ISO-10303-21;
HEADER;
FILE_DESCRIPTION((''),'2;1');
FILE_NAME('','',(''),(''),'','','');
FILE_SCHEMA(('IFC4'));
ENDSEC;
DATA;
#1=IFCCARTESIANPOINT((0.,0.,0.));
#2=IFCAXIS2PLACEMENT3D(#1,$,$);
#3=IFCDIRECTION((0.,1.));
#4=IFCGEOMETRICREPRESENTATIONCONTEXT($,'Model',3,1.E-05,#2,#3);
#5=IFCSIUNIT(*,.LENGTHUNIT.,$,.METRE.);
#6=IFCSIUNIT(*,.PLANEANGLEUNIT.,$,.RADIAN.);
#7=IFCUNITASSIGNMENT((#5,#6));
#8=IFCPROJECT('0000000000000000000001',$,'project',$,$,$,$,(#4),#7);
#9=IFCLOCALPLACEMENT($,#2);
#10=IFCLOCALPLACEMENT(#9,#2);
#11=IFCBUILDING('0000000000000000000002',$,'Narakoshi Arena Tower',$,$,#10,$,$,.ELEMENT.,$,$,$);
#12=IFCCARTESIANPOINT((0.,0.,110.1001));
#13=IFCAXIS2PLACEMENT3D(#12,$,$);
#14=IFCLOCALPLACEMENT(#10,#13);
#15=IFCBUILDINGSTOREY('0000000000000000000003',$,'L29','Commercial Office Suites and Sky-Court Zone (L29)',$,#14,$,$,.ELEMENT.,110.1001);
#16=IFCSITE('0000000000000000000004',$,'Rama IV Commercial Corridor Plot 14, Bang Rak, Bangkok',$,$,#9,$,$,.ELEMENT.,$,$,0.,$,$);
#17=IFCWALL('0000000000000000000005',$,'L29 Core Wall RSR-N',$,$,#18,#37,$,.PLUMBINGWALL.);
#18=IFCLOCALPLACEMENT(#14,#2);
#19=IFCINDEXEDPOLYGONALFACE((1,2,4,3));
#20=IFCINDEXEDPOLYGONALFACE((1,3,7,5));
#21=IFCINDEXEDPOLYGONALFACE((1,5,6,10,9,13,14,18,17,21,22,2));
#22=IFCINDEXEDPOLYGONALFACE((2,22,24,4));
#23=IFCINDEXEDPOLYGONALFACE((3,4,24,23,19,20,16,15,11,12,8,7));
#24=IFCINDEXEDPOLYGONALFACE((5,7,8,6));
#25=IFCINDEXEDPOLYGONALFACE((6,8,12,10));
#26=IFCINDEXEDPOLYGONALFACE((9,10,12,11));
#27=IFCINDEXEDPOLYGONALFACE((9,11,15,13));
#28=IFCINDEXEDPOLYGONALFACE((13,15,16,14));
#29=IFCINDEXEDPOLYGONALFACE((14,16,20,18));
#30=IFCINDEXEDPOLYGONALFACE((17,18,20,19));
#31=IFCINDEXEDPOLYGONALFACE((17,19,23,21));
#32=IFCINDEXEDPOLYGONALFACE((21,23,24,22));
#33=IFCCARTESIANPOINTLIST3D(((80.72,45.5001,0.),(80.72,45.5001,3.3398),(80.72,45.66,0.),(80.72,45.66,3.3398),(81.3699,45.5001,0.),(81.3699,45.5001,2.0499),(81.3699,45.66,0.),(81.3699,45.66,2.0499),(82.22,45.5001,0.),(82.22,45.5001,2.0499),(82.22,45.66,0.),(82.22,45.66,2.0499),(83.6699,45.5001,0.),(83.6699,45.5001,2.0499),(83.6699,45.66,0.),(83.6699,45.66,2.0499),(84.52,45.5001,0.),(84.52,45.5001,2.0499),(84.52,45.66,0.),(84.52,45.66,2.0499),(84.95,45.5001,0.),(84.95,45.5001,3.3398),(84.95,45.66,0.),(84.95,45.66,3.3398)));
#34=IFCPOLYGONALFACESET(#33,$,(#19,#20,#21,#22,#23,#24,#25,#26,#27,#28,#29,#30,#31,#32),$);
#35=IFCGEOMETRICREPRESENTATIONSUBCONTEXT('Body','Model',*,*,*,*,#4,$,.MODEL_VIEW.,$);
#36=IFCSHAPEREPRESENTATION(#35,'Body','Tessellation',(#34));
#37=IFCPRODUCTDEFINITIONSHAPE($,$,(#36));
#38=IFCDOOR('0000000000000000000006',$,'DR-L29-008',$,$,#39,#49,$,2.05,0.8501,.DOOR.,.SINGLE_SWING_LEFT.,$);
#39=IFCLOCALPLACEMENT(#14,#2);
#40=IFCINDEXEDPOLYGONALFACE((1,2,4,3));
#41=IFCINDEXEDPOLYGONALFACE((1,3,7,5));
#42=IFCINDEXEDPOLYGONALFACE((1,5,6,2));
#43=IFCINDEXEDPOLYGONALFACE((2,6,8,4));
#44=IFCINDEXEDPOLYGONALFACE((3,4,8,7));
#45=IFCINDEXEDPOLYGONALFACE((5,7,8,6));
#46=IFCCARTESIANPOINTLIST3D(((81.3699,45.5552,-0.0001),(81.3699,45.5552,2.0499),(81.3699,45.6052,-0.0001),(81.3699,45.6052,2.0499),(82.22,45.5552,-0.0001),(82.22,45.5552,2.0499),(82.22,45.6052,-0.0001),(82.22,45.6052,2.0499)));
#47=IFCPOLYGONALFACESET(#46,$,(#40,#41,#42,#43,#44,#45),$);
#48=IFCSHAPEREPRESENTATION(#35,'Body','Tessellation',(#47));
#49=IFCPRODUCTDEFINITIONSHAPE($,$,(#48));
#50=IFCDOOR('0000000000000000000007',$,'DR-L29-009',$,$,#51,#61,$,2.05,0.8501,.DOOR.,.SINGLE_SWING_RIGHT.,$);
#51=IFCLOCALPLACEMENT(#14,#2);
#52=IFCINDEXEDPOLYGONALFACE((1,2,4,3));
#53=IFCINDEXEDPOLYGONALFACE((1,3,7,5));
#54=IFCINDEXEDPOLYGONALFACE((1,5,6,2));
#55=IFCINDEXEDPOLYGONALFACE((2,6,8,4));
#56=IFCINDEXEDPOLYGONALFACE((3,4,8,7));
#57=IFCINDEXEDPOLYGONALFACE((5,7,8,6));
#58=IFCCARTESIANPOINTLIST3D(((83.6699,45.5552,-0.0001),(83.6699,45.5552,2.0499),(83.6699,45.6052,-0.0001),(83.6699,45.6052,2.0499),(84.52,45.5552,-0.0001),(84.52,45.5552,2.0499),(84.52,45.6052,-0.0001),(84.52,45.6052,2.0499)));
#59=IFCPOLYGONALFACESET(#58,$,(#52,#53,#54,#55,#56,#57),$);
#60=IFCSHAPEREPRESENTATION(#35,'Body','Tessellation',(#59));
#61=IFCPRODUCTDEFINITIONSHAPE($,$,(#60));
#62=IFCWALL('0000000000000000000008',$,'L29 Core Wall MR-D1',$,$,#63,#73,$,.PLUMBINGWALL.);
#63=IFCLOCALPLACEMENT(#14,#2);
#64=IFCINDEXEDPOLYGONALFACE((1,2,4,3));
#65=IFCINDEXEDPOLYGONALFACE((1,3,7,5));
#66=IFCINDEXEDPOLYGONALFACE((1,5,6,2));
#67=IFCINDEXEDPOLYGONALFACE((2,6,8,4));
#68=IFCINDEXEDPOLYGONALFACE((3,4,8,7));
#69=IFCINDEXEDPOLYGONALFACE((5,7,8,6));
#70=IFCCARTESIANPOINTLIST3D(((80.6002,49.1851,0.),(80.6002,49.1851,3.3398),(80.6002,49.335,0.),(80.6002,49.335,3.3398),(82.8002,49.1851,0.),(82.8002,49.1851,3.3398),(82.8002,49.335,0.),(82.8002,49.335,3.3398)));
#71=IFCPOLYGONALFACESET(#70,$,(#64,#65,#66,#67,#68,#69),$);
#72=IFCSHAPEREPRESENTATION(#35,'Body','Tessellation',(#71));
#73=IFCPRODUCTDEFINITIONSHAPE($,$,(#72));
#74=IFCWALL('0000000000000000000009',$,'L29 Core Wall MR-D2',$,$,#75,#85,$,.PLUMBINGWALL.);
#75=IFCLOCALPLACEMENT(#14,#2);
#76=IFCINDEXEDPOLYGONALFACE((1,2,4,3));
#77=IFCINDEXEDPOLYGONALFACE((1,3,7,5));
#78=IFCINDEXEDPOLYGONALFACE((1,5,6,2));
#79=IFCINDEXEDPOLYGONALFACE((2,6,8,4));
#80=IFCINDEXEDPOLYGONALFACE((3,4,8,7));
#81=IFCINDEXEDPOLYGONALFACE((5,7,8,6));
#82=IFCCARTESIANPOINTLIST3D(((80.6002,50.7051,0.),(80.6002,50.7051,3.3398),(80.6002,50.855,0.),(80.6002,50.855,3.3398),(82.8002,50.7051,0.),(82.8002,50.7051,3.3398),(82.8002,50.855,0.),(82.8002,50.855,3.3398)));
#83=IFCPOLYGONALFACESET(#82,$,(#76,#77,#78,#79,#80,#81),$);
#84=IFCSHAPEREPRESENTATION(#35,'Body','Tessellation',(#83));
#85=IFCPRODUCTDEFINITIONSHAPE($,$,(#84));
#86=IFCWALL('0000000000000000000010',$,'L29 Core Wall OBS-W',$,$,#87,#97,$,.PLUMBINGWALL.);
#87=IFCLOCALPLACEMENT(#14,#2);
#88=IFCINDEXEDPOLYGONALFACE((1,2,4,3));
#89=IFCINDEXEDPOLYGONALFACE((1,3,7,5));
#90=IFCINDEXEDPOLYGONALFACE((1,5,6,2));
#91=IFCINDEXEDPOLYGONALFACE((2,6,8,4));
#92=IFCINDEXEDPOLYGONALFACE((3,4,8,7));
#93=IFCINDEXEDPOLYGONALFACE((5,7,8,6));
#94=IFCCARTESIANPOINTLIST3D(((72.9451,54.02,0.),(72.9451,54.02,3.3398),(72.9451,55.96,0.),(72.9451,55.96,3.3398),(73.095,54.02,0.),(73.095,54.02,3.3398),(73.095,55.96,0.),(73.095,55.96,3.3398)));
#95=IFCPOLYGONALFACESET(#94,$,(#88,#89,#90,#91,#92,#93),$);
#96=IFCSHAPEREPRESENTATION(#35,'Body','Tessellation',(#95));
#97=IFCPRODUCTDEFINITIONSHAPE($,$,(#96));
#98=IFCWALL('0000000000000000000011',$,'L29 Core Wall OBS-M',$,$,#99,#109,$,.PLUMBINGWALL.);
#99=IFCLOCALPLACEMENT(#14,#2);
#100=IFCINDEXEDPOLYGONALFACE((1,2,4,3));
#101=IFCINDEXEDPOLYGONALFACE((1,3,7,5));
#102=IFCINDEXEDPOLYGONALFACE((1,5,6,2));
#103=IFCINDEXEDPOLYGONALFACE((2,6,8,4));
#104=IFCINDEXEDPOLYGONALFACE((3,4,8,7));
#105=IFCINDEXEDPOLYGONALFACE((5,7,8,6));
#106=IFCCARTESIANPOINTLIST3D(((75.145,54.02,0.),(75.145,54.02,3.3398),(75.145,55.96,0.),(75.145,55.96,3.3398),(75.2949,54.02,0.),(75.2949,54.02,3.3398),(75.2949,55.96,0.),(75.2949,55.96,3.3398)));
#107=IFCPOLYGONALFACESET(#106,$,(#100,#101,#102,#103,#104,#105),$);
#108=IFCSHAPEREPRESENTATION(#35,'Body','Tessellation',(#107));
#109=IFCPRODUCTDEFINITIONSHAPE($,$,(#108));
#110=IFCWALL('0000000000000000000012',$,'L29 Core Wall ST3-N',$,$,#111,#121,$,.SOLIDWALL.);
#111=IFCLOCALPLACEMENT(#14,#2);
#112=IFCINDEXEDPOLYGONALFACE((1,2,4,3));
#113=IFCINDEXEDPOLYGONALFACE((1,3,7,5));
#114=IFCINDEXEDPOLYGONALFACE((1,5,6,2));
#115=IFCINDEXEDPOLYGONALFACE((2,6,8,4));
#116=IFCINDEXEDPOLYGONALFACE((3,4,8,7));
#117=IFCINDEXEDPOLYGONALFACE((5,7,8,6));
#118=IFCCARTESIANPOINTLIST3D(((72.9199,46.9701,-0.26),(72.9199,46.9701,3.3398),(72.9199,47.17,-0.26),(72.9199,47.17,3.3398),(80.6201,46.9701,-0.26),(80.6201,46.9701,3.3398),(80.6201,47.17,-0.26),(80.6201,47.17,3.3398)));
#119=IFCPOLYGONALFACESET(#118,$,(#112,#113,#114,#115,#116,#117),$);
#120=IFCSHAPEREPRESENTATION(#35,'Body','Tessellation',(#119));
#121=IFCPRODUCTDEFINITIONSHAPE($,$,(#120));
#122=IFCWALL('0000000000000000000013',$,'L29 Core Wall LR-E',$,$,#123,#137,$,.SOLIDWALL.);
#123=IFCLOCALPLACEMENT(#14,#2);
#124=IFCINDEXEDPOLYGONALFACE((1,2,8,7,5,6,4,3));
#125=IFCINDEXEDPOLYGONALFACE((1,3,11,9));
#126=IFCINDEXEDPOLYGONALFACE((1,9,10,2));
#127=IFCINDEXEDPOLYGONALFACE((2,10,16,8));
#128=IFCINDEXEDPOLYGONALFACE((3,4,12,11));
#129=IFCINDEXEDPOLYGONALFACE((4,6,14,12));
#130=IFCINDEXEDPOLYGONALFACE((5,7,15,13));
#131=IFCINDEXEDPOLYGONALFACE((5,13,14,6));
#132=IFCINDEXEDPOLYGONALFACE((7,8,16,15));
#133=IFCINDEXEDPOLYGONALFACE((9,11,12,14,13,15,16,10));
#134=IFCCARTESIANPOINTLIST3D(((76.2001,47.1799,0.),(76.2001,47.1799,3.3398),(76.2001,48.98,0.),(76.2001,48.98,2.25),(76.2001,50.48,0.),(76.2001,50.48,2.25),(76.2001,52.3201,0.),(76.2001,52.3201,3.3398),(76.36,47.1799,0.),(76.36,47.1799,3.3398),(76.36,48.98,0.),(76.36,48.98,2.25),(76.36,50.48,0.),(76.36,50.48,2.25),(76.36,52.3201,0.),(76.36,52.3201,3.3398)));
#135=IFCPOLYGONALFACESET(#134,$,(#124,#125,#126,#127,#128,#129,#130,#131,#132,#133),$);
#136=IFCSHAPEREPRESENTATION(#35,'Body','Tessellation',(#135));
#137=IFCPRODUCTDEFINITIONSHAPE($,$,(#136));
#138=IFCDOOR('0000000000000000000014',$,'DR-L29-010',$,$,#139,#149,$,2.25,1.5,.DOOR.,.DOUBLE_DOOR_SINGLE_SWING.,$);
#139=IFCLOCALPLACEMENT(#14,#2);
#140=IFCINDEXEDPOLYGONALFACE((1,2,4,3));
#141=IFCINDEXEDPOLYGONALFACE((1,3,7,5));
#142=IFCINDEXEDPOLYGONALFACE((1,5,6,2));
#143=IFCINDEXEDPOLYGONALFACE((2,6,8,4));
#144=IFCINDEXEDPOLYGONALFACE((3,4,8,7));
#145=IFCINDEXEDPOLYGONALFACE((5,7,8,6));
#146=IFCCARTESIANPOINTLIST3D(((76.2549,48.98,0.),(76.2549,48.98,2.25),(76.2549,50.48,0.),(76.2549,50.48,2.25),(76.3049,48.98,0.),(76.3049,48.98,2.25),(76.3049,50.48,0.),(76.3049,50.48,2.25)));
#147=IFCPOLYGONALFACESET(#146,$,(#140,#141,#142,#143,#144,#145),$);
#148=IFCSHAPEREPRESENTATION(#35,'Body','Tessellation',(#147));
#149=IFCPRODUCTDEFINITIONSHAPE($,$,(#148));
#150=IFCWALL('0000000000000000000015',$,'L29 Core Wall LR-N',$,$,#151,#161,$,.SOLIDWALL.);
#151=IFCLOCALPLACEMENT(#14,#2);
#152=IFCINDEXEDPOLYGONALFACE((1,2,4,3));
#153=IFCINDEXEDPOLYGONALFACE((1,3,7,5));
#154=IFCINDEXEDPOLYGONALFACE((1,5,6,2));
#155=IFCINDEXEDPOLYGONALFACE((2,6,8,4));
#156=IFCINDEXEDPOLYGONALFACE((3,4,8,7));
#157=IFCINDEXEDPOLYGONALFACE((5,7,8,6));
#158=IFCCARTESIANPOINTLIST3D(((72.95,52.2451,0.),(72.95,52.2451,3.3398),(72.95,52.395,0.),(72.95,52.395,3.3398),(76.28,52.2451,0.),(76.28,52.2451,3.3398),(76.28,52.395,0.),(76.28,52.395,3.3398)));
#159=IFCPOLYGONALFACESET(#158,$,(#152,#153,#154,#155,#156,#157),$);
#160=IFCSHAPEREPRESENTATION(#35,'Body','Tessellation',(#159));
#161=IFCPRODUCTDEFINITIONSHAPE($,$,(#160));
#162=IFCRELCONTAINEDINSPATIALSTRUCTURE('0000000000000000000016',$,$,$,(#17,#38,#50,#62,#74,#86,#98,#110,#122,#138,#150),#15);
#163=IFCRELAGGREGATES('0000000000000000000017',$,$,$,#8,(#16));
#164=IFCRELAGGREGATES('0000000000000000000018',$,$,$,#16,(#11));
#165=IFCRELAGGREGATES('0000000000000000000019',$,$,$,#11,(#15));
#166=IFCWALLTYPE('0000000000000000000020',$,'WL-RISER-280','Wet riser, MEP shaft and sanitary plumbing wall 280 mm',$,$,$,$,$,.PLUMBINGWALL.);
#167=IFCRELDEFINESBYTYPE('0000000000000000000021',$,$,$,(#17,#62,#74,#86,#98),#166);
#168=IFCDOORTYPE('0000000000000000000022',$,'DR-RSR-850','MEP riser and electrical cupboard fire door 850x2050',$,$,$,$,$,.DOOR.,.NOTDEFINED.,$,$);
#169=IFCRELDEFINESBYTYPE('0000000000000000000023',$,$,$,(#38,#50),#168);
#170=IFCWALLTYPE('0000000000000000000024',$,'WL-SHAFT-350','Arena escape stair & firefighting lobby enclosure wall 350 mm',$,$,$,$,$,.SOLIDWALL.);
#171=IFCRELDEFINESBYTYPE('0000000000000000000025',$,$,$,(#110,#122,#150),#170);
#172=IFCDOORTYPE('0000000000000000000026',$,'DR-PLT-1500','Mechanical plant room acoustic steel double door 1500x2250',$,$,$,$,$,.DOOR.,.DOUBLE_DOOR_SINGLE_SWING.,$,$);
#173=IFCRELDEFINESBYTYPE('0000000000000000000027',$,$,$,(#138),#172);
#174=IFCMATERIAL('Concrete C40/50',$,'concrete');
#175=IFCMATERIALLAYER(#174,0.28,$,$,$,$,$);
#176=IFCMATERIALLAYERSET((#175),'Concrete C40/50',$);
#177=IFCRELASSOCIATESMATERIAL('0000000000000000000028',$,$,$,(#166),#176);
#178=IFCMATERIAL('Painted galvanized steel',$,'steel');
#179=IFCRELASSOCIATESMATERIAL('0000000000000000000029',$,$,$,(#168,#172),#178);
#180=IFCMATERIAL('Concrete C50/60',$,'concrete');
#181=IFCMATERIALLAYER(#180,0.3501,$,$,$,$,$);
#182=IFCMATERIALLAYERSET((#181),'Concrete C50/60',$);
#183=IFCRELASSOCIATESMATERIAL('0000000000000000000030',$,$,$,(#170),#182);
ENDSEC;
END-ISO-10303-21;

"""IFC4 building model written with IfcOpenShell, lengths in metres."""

from ifc_helpers import new_model, si_unit, direction, frame, frame_2d, origin, place, context, subcontext, project, spatial, rectangle, extrude, material, layer, layer_set, type_object, element, fill, save


model = new_model("IFC4")

# Units and contexts
model_context = context("Model", 3, precision=1e-05, world=origin(), true_north=direction((0.0, 1.0)))
body_context = subcontext(model_context, "Body", "Model", "MODEL_VIEW")
ifc_project = project(units=[si_unit("LENGTHUNIT", "METRE"), si_unit("PLANEANGLEUNIT", "RADIAN")], contexts=[model_context])

# Site, building, storey
site_placement = place(None, origin())
site = spatial("IfcSite", under=ifc_project, at=site_placement, Name="Rama IV Commercial Corridor Plot 14, Bang Rak, Bangkok", CompositionType="ELEMENT", RefElevation=0.0)
building_placement = place(site_placement, origin())
building = spatial("IfcBuilding", under=site, at=building_placement, Name="Narakoshi Arena Tower", CompositionType="ELEMENT")
storey_placement = place(building_placement, frame((0.0, 0.0, 110.1001)))
storey = spatial("IfcBuildingStorey", under=building, at=storey_placement, Name="L29", Description="Commercial Office Suites and Sky-Court Zone (L29)", CompositionType="ELEMENT", Elevation=110.1001)

# Wall, openings, doors
ifc_material_1 = material(Name="Concrete C40/50", Category="concrete")
ifc_layer_1 = layer(ifc_material_1, 0.28)
ifc_layer_set_1 = layer_set([ifc_layer_1], Name="Concrete C40/50")
wall_type_1 = type_object("IfcWallType", Name="WL-RISER-280", Description="Wet riser, MEP shaft and sanitary plumbing wall 280 mm", PredefinedType="PLUMBINGWALL", material=ifc_layer_set_1)
wall_1_placement = place(storey_placement, frame((80.72, 45.5801, 0.0), z_axis=(0.0, 0.0, 1.0), x_axis=(1.0, 0.0, 0.0)))
wall_1 = element("IfcWall", 1, at=wall_1_placement, inside=storey, type_object=wall_type_1, Name="L29 Core Wall RSR-N", PredefinedType="PLUMBINGWALL", context=body_context, shape_type="SweptSolid", body=[
    extrude(rectangle(XDim=4.23, YDim=0.1599, at=frame_2d((2.115, 0.0))), origin(), (0.0, 0.0, 1.0), 3.3398),
])
opening_1_placement = place(wall_1_placement, frame((0.6499, 0.0, 0.0)))
opening_1 = element("IfcOpeningElement", 2, at=opening_1_placement, cuts=wall_1, PredefinedType="OPENING", context=body_context, shape_type="SweptSolid", body=[
    extrude(rectangle(XDim=0.8501, YDim=2.05, at=frame_2d((0.425, 1.0249))), frame((0.0, 0.0898, 0.0), z_axis=(0.0, -1.0, 0.0), x_axis=(1.0, 0.0, 0.0)), (0.0, 0.0, 1.0), 0.1799),
])
opening_2_placement = place(wall_1_placement, frame((2.95, 0.0, 0.0)))
opening_2 = element("IfcOpeningElement", 3, at=opening_2_placement, cuts=wall_1, PredefinedType="OPENING", context=body_context, shape_type="SweptSolid", body=[
    extrude(rectangle(XDim=0.8501, YDim=2.05, at=frame_2d((0.425, 1.0249))), frame((0.0, 0.0898, 0.0), z_axis=(0.0, -1.0, 0.0), x_axis=(1.0, 0.0, 0.0)), (0.0, 0.0, 1.0), 0.1799),
])
ifc_material_2 = material(Name="Painted galvanized steel", Category="steel")
door_type_1 = type_object("IfcDoorType", Name="DR-RSR-850", Description="MEP riser and electrical cupboard fire door 850x2050", OperationType="NOTDEFINED", PredefinedType="DOOR", material=ifc_material_2)
door_1_placement = place(opening_1_placement, frame((0.8501, 0.0, 0.0), z_axis=(0.0, 0.0, 1.0), x_axis=(-1.0, 0.0, 0.0)))
door_1 = element("IfcDoor", 4, at=door_1_placement, inside=storey, type_object=door_type_1, Name="DR-L29-008", OperationType="SINGLE_SWING_LEFT", OverallHeight=2.05, OverallWidth=0.8501, PredefinedType="DOOR", context=body_context, shape_type="SweptSolid", body=[
    extrude(rectangle(XDim=0.8501, YDim=2.05, at=frame_2d((0.425, 1.0249))), frame((0.0, 0.0249, 0.0), z_axis=(0.0, -1.0, 0.0), x_axis=(1.0, 0.0, 0.0)), (0.0, 0.0, 1.0), 0.05),
])
fill(opening_1, door_1)
door_2_placement = place(opening_2_placement, frame((0.8501, 0.0, 0.0), z_axis=(0.0, 0.0, 1.0), x_axis=(-1.0, 0.0, 0.0)))
door_2 = element("IfcDoor", 5, at=door_2_placement, inside=storey, type_object=door_type_1, Name="DR-L29-009", OperationType="SINGLE_SWING_RIGHT", OverallHeight=2.05, OverallWidth=0.8501, PredefinedType="DOOR", context=body_context, shape_type="SweptSolid", body=[
    extrude(rectangle(XDim=0.8501, YDim=2.05, at=frame_2d((0.425, 1.0249))), frame((0.0, 0.0249, 0.0), z_axis=(0.0, -1.0, 0.0), x_axis=(1.0, 0.0, 0.0)), (0.0, 0.0, 1.0), 0.05),
])
fill(opening_2, door_2)

# Walls
for number, where, z_axis, x_axis, name in (
    (6, (80.6001, 49.26, 0.0), (0.0, 0.0, 1.0), (1.0, 0.0, 0.0), "L29 Core Wall MR-D1"),
    (7, (80.6001, 50.78, 0.0), (0.0, 0.0, 1.0), (1.0, 0.0, 0.0), "L29 Core Wall MR-D2"),
):
    element("IfcWall", number, at=place(storey_placement, frame(where, z_axis=z_axis, x_axis=x_axis)), inside=storey, type_object=wall_type_1, Name=name, PredefinedType="PLUMBINGWALL", context=body_context, shape_type="SweptSolid", body=[
        extrude(rectangle(XDim=2.2, YDim=0.1499, at=frame_2d((1.1001, 0.0))), origin(), (0.0, 0.0, 1.0), 3.3398),
    ])
for number, where, z_axis, x_axis, name in (
    (8, (73.02, 54.02, 0.0), (0.0, 0.0, 1.0), (0.0, 1.0, 0.0), "L29 Core Wall OBS-W"),
    (9, (75.22, 54.02, 0.0), (0.0, 0.0, 1.0), (0.0, 1.0, 0.0), "L29 Core Wall OBS-M"),
):
    element("IfcWall", number, at=place(storey_placement, frame(where, z_axis=z_axis, x_axis=x_axis)), inside=storey, type_object=wall_type_1, Name=name, PredefinedType="PLUMBINGWALL", context=body_context, shape_type="SweptSolid", body=[
        extrude(rectangle(XDim=1.9399, YDim=0.1499, at=frame_2d((0.97, 0.0))), origin(), (0.0, 0.0, 1.0), 3.3398),
    ])
ifc_material_3 = material(Name="Concrete C50/60", Category="concrete")
ifc_layer_2 = layer(ifc_material_3, 0.3501)
ifc_layer_set_2 = layer_set([ifc_layer_2], Name="Concrete C50/60")
wall_type_2 = type_object("IfcWallType", Name="WL-SHAFT-350", Description="Arena escape stair & firefighting lobby enclosure wall 350 mm", PredefinedType="SOLIDWALL", material=ifc_layer_set_2)
wall_2_placement = place(storey_placement, frame((72.9199, 47.0701, -0.26), z_axis=(0.0, 0.0, 1.0), x_axis=(1.0, 0.0, 0.0)))
element("IfcWall", 10, at=wall_2_placement, inside=storey, type_object=wall_type_2, Name="L29 Core Wall ST3-N", PredefinedType="SOLIDWALL", context=body_context, shape_type="SweptSolid", body=[
    extrude(rectangle(XDim=7.7002, YDim=0.2, at=frame_2d((3.8501, 0.0))), origin(), (0.0, 0.0, 1.0), 3.5999),
])

# Wall, opening, door
wall_3_placement = place(storey_placement, frame((76.28, 47.1799, 0.0), z_axis=(0.0, 0.0, 1.0), x_axis=(0.0, 1.0, 0.0)))
wall_3 = element("IfcWall", 11, at=wall_3_placement, inside=storey, type_object=wall_type_2, Name="L29 Core Wall LR-E", PredefinedType="SOLIDWALL", context=body_context, shape_type="SweptSolid", body=[
    extrude(rectangle(XDim=5.1401, YDim=0.1599, at=frame_2d((2.5701, 0.0))), origin(), (0.0, 0.0, 1.0), 3.3398),
])
opening_3_placement = place(wall_3_placement, frame((1.8, 0.0, 0.0)))
opening_3 = element("IfcOpeningElement", 12, at=opening_3_placement, cuts=wall_3, PredefinedType="OPENING", context=body_context, shape_type="SweptSolid", body=[
    extrude(rectangle(XDim=1.5, YDim=2.25, at=frame_2d((0.75, 1.125))), frame((0.0, 0.0898, 0.0), z_axis=(0.0, -1.0, 0.0), x_axis=(1.0, 0.0, 0.0)), (0.0, 0.0, 1.0), 0.1799),
])
door_type_2 = type_object("IfcDoorType", Name="DR-PLT-1500", Description="Mechanical plant room acoustic steel double door 1500x2250", OperationType="DOUBLE_DOOR_SINGLE_SWING", PredefinedType="DOOR", material=ifc_material_2)
door_3_placement = place(opening_3_placement, frame((1.5, 0.0, 0.0), z_axis=(0.0, 0.0, 1.0), x_axis=(-1.0, 0.0, 0.0)))
door_3 = element("IfcDoor", 13, at=door_3_placement, inside=storey, type_object=door_type_2, Name="DR-L29-010", OperationType="DOUBLE_DOOR_SINGLE_SWING", OverallHeight=2.25, OverallWidth=1.5, PredefinedType="DOOR", context=body_context, shape_type="SweptSolid", body=[
    extrude(rectangle(XDim=1.5, YDim=2.25, at=frame_2d((0.75, 1.125))), frame((0.0, 0.0249, 0.0), z_axis=(0.0, -1.0, 0.0), x_axis=(1.0, 0.0, 0.0)), (0.0, 0.0, 1.0), 0.05),
])
fill(opening_3, door_3)

# Wall
wall_4_placement = place(storey_placement, frame((72.95, 52.3201, 0.0), z_axis=(0.0, 0.0, 1.0), x_axis=(1.0, 0.0, 0.0)))
element("IfcWall", 14, at=wall_4_placement, inside=storey, type_object=wall_type_2, Name="L29 Core Wall LR-N", PredefinedType="SOLIDWALL", context=body_context, shape_type="SweptSolid", body=[
    extrude(rectangle(XDim=3.3301, YDim=0.1499, at=frame_2d((1.665, 0.0))), origin(), (0.0, 0.0, 1.0), 3.3398),
])

save(model, "model.ifc")
